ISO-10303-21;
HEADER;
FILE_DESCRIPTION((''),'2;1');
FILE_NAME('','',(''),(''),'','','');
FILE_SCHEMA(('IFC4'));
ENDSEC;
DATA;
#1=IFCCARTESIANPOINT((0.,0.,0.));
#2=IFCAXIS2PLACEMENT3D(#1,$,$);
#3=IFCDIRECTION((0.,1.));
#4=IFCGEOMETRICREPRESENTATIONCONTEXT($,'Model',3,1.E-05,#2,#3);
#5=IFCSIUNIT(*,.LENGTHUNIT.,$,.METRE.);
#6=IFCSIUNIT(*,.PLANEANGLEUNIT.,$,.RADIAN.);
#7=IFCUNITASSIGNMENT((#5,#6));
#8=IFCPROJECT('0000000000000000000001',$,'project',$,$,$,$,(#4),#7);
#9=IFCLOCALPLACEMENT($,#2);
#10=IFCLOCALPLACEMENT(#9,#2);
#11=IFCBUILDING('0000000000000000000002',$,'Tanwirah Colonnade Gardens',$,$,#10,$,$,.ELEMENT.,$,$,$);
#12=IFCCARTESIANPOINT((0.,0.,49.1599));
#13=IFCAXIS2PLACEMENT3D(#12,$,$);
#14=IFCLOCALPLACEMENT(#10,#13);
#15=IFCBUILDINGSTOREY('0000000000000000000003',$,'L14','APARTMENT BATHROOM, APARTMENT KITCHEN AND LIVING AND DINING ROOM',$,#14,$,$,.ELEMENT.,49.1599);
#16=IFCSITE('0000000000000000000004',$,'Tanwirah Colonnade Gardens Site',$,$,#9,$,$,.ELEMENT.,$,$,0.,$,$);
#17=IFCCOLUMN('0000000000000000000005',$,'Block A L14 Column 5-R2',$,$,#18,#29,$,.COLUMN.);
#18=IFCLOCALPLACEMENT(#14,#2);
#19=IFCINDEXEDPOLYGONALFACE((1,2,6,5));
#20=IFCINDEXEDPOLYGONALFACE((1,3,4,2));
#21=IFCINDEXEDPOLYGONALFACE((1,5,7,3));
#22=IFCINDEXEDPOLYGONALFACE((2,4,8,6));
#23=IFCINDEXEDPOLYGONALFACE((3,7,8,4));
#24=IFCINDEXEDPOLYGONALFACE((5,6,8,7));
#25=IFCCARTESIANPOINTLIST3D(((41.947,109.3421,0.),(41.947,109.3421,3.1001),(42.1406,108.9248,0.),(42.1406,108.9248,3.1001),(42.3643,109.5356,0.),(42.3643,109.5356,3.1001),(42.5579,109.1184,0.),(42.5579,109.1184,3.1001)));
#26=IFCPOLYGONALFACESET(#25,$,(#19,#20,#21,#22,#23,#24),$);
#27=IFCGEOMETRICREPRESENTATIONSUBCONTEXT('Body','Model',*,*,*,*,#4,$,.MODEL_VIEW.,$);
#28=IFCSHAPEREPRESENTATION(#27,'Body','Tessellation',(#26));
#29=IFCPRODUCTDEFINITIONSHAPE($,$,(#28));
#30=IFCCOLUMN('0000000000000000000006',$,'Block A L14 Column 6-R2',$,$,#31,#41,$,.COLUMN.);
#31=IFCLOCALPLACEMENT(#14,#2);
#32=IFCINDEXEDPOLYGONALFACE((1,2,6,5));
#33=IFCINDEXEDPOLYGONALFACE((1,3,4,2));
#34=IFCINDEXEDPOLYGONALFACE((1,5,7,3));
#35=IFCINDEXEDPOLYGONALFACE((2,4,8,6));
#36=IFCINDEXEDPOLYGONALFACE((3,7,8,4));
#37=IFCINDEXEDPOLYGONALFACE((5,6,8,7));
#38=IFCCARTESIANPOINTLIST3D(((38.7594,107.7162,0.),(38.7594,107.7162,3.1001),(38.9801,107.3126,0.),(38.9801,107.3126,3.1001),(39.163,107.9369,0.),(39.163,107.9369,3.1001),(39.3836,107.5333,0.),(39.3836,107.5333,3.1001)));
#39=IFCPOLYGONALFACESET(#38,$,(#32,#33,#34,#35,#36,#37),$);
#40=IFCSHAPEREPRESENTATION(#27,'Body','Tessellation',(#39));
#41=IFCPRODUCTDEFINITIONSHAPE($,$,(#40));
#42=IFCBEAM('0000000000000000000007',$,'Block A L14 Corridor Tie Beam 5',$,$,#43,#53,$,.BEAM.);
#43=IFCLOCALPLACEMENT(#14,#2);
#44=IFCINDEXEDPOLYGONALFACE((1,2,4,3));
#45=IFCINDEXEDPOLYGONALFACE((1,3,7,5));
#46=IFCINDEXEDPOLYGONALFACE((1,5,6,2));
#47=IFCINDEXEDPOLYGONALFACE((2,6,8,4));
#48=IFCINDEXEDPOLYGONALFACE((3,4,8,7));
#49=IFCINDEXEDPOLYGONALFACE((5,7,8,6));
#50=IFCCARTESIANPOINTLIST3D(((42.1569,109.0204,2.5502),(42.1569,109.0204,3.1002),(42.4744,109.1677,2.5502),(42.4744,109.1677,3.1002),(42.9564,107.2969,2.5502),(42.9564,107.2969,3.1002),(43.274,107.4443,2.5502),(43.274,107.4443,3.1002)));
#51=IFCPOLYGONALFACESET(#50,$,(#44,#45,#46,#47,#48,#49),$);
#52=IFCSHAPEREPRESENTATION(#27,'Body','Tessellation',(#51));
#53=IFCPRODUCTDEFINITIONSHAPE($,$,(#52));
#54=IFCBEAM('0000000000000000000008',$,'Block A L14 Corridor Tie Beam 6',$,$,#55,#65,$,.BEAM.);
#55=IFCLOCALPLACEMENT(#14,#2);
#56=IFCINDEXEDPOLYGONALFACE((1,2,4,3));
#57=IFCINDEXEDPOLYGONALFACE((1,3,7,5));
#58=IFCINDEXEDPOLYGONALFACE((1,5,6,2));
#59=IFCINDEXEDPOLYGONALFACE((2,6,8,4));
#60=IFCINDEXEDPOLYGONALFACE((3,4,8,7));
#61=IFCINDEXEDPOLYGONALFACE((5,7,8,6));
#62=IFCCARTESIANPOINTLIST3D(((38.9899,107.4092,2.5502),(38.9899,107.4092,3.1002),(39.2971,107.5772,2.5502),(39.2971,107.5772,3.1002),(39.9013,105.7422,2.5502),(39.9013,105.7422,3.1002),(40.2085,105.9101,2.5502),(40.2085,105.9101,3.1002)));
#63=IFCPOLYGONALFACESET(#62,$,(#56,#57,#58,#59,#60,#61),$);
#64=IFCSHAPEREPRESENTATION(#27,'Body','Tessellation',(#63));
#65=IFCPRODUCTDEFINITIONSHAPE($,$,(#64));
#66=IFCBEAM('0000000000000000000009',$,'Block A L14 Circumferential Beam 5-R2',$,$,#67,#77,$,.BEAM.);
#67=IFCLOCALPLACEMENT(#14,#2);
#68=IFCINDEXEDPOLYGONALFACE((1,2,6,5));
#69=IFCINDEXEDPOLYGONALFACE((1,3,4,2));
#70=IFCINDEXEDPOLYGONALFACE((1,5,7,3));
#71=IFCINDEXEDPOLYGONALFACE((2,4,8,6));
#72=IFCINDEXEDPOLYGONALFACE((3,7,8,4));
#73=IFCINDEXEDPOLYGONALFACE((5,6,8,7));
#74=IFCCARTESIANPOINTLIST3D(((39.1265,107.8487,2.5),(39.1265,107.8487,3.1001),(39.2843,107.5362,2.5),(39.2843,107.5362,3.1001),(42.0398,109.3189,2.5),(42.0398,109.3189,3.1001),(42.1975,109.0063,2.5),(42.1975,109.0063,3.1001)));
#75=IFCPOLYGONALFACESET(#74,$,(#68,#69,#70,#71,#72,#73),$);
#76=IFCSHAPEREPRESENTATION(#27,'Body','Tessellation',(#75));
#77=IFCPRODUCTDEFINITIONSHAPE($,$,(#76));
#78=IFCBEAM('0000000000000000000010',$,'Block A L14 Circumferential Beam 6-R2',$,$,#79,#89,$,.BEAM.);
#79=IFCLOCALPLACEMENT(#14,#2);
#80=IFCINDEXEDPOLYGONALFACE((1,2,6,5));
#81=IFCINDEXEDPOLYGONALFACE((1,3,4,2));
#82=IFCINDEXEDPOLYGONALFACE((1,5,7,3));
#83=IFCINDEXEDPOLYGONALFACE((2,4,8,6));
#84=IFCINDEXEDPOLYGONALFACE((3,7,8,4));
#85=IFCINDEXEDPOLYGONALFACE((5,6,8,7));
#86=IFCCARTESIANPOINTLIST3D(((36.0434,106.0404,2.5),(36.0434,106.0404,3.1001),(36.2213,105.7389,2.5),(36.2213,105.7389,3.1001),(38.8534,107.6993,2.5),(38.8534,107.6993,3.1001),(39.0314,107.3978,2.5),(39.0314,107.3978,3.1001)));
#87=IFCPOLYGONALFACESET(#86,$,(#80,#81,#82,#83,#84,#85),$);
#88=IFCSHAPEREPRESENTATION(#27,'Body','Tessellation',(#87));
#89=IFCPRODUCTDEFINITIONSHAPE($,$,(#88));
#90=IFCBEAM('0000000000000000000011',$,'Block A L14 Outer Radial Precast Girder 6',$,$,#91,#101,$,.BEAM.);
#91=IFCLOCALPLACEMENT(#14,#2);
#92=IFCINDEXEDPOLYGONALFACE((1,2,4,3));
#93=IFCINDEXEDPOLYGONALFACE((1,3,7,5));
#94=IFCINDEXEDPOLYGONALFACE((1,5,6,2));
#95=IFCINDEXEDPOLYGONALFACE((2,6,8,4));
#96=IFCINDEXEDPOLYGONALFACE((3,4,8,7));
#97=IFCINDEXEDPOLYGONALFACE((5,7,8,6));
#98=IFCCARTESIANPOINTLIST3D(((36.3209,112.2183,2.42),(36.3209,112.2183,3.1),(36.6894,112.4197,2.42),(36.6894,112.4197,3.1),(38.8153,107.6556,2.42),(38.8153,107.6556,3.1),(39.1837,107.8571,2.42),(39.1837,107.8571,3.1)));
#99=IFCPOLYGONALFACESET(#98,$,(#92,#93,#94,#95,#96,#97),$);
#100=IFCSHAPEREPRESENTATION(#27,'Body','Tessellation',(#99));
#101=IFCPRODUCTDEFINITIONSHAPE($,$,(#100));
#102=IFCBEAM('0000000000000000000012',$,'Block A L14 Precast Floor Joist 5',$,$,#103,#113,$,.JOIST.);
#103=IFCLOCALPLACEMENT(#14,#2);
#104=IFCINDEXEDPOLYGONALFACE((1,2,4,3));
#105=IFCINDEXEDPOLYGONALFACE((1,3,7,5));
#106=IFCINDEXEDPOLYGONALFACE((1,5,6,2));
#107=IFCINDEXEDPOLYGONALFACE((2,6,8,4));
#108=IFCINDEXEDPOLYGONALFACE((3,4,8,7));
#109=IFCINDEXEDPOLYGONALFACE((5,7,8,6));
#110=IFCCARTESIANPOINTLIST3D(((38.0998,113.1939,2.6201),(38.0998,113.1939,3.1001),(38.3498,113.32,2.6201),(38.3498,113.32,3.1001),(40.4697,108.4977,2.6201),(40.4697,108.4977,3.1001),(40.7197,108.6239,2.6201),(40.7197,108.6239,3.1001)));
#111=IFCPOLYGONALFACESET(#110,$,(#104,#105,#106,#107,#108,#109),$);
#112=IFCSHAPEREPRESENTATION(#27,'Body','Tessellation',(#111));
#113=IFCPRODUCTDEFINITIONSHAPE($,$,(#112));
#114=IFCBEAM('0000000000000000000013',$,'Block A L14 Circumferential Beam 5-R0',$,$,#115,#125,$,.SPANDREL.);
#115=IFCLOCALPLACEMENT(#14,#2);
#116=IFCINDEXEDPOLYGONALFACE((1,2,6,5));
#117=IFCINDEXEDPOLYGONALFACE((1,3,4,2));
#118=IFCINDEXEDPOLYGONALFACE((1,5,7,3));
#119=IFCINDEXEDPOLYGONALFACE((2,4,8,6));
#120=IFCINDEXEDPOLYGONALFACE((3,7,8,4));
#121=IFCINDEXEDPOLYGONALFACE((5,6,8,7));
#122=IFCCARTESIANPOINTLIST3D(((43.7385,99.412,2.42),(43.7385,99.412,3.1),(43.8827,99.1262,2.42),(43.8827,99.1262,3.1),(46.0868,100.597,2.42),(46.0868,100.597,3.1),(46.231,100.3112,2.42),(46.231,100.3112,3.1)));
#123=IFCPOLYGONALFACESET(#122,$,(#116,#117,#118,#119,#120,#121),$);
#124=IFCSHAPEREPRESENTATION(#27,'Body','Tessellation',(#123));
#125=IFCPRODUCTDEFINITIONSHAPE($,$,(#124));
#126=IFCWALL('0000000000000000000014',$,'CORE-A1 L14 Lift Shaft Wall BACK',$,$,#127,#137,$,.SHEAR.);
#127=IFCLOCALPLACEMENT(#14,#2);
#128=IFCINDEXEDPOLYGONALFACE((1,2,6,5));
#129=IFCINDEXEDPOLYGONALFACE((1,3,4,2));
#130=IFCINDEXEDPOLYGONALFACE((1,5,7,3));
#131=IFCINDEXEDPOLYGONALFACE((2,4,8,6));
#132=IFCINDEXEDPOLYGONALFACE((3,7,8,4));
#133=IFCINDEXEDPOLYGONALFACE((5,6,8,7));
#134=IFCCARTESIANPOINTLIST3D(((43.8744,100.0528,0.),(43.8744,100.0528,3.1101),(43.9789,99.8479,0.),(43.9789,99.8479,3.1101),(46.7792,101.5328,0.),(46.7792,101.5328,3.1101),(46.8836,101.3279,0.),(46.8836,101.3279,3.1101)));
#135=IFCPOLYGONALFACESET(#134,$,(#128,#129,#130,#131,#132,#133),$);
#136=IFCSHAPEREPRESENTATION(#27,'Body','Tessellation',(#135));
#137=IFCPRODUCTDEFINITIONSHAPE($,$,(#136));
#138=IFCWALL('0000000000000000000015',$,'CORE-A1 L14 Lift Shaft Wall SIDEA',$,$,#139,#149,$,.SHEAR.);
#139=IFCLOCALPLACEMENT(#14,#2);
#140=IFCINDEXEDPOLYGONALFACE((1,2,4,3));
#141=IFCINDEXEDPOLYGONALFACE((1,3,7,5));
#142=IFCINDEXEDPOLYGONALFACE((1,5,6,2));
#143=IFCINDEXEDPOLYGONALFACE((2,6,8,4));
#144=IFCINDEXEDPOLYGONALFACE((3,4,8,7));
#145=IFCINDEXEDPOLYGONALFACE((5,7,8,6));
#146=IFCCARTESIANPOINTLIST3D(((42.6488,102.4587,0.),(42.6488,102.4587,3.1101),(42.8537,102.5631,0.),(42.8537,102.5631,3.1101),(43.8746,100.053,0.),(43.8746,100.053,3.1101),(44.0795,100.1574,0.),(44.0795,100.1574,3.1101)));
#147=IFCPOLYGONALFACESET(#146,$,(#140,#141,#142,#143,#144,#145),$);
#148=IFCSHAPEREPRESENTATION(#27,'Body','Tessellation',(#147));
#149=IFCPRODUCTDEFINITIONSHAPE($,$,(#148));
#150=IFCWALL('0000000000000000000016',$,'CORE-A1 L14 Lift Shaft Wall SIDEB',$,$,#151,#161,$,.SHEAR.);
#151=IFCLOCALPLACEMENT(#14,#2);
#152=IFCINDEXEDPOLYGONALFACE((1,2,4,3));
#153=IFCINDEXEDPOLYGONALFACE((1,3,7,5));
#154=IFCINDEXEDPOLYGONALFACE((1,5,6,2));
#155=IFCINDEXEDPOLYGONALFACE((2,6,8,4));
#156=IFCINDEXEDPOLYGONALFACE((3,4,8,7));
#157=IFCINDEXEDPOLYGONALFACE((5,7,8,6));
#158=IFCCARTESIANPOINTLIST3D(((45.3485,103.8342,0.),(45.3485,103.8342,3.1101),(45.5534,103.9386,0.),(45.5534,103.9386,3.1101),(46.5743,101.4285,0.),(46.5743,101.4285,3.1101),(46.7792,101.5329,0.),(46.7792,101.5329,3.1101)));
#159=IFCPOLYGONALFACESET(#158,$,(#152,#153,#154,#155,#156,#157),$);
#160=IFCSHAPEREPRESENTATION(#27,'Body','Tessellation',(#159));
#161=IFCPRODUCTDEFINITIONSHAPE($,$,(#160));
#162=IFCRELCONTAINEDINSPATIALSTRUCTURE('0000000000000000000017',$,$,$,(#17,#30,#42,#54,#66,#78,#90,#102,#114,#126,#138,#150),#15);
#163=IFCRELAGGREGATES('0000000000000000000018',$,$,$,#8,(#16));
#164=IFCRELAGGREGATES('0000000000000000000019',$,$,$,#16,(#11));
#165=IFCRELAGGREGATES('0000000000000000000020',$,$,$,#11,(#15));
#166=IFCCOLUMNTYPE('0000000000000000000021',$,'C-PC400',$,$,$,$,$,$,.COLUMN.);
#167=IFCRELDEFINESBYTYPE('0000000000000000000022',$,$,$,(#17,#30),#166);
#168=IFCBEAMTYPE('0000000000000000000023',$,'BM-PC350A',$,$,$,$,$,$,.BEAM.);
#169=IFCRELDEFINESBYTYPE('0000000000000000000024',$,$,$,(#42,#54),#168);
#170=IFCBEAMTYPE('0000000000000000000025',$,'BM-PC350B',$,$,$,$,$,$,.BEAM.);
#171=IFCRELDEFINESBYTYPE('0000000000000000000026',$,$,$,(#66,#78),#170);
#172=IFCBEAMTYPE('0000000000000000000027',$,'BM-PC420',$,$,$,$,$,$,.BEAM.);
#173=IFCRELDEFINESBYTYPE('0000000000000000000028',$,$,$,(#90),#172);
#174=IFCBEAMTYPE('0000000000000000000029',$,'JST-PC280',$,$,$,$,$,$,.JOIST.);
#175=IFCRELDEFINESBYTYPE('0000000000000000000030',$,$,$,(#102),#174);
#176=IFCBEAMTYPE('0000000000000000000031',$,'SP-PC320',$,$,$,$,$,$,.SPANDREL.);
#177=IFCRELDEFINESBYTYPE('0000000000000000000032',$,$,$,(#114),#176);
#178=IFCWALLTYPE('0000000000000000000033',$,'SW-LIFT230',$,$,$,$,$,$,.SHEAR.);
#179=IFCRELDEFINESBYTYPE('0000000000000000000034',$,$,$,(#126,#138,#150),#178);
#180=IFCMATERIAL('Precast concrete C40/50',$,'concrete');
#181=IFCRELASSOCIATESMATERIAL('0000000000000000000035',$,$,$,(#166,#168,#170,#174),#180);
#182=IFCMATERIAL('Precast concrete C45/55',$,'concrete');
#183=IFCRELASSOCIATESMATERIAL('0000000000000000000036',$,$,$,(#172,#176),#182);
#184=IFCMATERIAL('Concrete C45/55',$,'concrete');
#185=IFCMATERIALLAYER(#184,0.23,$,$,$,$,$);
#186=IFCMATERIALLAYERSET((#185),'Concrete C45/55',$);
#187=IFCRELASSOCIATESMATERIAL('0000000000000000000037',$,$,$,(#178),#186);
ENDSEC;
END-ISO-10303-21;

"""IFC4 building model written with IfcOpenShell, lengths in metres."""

from ifc_helpers import new_model, si_unit, direction, frame, frame_2d, origin, origin_2d, place, context, subcontext, project, spatial, rectangle, extrude, material, layer, layer_set, material_profile, profile_set, type_object, element, save


model = new_model("IFC4")

# Units and contexts
model_context = context("Model", 3, precision=1e-05, world=origin(), true_north=direction((0.0, 1.0)))
body_context = subcontext(model_context, "Body", "Model", "MODEL_VIEW")
ifc_project = project(units=[si_unit("LENGTHUNIT", "METRE"), si_unit("PLANEANGLEUNIT", "RADIAN")], contexts=[model_context])

# Site, building, storey
site_placement = place(None, origin())
site = spatial("IfcSite", under=ifc_project, at=site_placement, Name="Tanwirah Colonnade Gardens Site", CompositionType="ELEMENT", RefElevation=0.0)
building_placement = place(site_placement, origin())
building = spatial("IfcBuilding", under=site, at=building_placement, Name="Tanwirah Colonnade Gardens", CompositionType="ELEMENT")
storey_placement = place(building_placement, frame((0.0, 0.0, 49.1599)))
storey = spatial("IfcBuildingStorey", under=building, at=storey_placement, Name="L14", Description="APARTMENT BATHROOM, APARTMENT KITCHEN AND LIVING AND DINING ROOM", CompositionType="ELEMENT", Elevation=49.1599)

# Columns
ifc_material_1 = material(Name="Precast concrete C40/50", Category="concrete")
ifc_material_profile_1 = material_profile(ifc_material_1, rectangle(XDim=0.46, YDim=0.46, at=origin_2d()), Name="PC-COL 460x460")
ifc_profile_set_1 = profile_set([ifc_material_profile_1], Name="Precast concrete C40/50")
column_type = type_object("IfcColumnType", Name="C-PC400", PredefinedType="COLUMN", material=ifc_profile_set_1)
for number, where, z_axis, x_axis, name in (
    (1, (42.2524, 109.2302, 0.0), (0.0, 0.0, 1.0), (-0.42086, 0.907126, 0.0), "Block A L14 Column 5-R2"),
    (2, (39.0715, 107.6248, 0.0), (0.0, 0.0, 1.0), (-0.479713, 0.877425, 0.0), "Block A L14 Column 6-R2"),
):
    element("IfcColumn", number, at=place(storey_placement, frame(where, z_axis=z_axis, x_axis=x_axis)), inside=storey, type_object=column_type, Name=name, PredefinedType="COLUMN", context=body_context, shape_type="SweptSolid", body=[
        extrude(rectangle(XDim=0.46, YDim=0.46, at=origin_2d()), origin(), (0.0, 0.0, 1.0), 3.1001),
    ])

# Beams
ifc_material_profile_2 = material_profile(ifc_material_1, rectangle(XDim=0.3501, YDim=0.55, at=origin_2d()), Name="PC-BM 350x550")
ifc_profile_set_2 = profile_set([ifc_material_profile_2], Name="Precast concrete C40/50")
beam_type_1 = type_object("IfcBeamType", Name="BM-PC350A", PredefinedType="BEAM", material=ifc_profile_set_2)
for number, where, z_axis, x_axis, name in (
    (3, (43.1152, 107.3706, 2.8252), (-0.420858, 0.907126, 0.0), (-0.907126, -0.420858, 0.0), "Block A L14 Corridor Tie Beam 5"),
    (4, (40.0549, 105.8262, 2.8252), (-0.479707, 0.877429, 0.0), (-0.877429, -0.479707, 0.0), "Block A L14 Corridor Tie Beam 6"),
):
    element("IfcBeam", number, at=place(storey_placement, frame(where, z_axis=z_axis, x_axis=x_axis)), inside=storey, type_object=beam_type_1, Name=name, PredefinedType="BEAM", context=body_context, shape_type="SweptSolid", body=[
        extrude(rectangle(XDim=0.3501, YDim=0.55, at=origin_2d()), origin(), (0.0, 0.0, 1.0), 1.8999),
    ])
ifc_material_profile_3 = material_profile(ifc_material_1, rectangle(XDim=0.3501, YDim=0.6001, at=origin_2d()), Name="PC-BM 350x600")
ifc_profile_set_3 = profile_set([ifc_material_profile_3], Name="Precast concrete C40/50")
beam_type_2 = type_object("IfcBeamType", Name="BM-PC350B", PredefinedType="BEAM", material=ifc_profile_set_3)
for number, where, z_axis, x_axis, name in (
    (5, (42.1187, 109.1626, 2.8), (-0.89276, -0.450532, 0.0), (0.450532, -0.89276, 0.0), "Block A L14 Circumferential Beam 5-R2"),
    (6, (38.9424, 107.5486, 2.8), (-0.861135, -0.508376, 0.0), (0.508376, -0.861135, 0.0), "Block A L14 Circumferential Beam 6-R2"),
):
    element("IfcBeam", number, at=place(storey_placement, frame(where, z_axis=z_axis, x_axis=x_axis)), inside=storey, type_object=beam_type_2, Name=name, PredefinedType="BEAM", context=body_context, shape_type="SweptSolid", body=[
        extrude(rectangle(XDim=0.3501, YDim=0.6001, at=origin_2d()), origin(), (0.0, 0.0, 1.0), 3.2632),
    ])
ifc_material_2 = material(Name="Precast concrete C45/55", Category="concrete")
ifc_material_profile_4 = material_profile(ifc_material_2, rectangle(XDim=0.4199, YDim=0.6799, at=origin_2d()), Name="PC-BM 420x680")
ifc_profile_set_4 = profile_set([ifc_material_profile_4], Name="Precast concrete C45/55")
beam_type_3 = type_object("IfcBeamType", Name="BM-PC420", PredefinedType="BEAM", material=ifc_profile_set_4)
beam_1_placement = place(storey_placement, frame((38.9995, 107.7563, 2.76), z_axis=(-0.479684, 0.877441, 0.0), x_axis=(-0.877441, -0.479684, 0.0)))
element("IfcBeam", 7, at=beam_1_placement, inside=storey, type_object=beam_type_3, Name="Block A L14 Outer Radial Precast Girder 6", PredefinedType="BEAM", context=body_context, shape_type="SweptSolid", body=[
    extrude(rectangle(XDim=0.4199, YDim=0.6799, at=origin_2d()), origin(), (0.0, 0.0, 1.0), 5.2),
])
ifc_material_profile_5 = material_profile(ifc_material_1, rectangle(XDim=0.28, YDim=0.48, at=origin_2d()), Name="PC-JST 280x480")
ifc_profile_set_5 = profile_set([ifc_material_profile_5], Name="Precast concrete C40/50")
beam_type_4 = type_object("IfcBeamType", Name="JST-PC280", PredefinedType="JOIST", material=ifc_profile_set_5)
beam_2_placement = place(storey_placement, frame((40.5947, 108.5608, 2.8601), z_axis=(-0.450534, 0.892759, 0.0), x_axis=(-0.892759, -0.450534, 0.0)))
element("IfcBeam", 8, at=beam_2_placement, inside=storey, type_object=beam_type_4, Name="Block A L14 Precast Floor Joist 5", PredefinedType="JOIST", context=body_context, shape_type="SweptSolid", body=[
    extrude(rectangle(XDim=0.28, YDim=0.48, at=origin_2d()), origin(), (0.0, 0.0, 1.0), 5.2603),
])
ifc_material_profile_6 = material_profile(ifc_material_2, rectangle(XDim=0.3201, YDim=0.6799, at=origin_2d()), Name="PC-SP 320x680")
ifc_profile_set_6 = profile_set([ifc_material_profile_6], Name="Precast concrete C45/55")
beam_type_5 = type_object("IfcBeamType", Name="SP-PC320", PredefinedType="SPANDREL", material=ifc_profile_set_6)
beam_3_placement = place(storey_placement, frame((46.1589, 100.4541, 2.76), z_axis=(-0.892769, -0.450515, 0.0), x_axis=(0.450515, -0.892769, 0.0)))
element("IfcBeam", 9, at=beam_3_placement, inside=storey, type_object=beam_type_5, Name="Block A L14 Circumferential Beam 5-R0", PredefinedType="SPANDREL", context=body_context, shape_type="SweptSolid", body=[
    extrude(rectangle(XDim=0.3201, YDim=0.6799, at=origin_2d()), origin(), (0.0, 0.0, 1.0), 2.6304),
])

# Shared definitions
ifc_material_3 = material(Name="Concrete C45/55", Category="concrete")
ifc_layer_1 = layer(ifc_material_3, 0.23)
ifc_layer_set_1 = layer_set([ifc_layer_1], Name="Concrete C45/55")
wall_type_1 = type_object("IfcWallType", Name="SW-LIFT230", PredefinedType="SHEAR", material=ifc_layer_set_1)

# Walls
wall_1_placement = place(storey_placement, frame((43.9268, 99.9504, 0.0), z_axis=(0.0, 0.0, 1.0), x_axis=(0.891017, 0.453971, 0.0)))
element("IfcWall", 10, at=wall_1_placement, inside=storey, type_object=wall_type_1, Name="CORE-A1 L14 Lift Shaft Wall BACK", PredefinedType="SHEAR", context=body_context, shape_type="SweptSolid", body=[
    extrude(rectangle(XDim=3.26, YDim=0.23, at=frame_2d((1.6299, 0.0))), origin(), (0.0, 0.0, 1.0), 3.1101),
])
for number, where, z_axis, x_axis, name in (
    (11, (42.7512, 102.511, 0.0), (0.0, 0.0, 1.0), (0.454, -0.891002, 0.0), "CORE-A1 L14 Lift Shaft Wall SIDEA"),
    (12, (45.4509, 103.8865, 0.0), (0.0, 0.0, 1.0), (0.454, -0.891002, 0.0), "CORE-A1 L14 Lift Shaft Wall SIDEB"),
):
    element("IfcWall", number, at=place(storey_placement, frame(where, z_axis=z_axis, x_axis=x_axis)), inside=storey, type_object=wall_type_1, Name=name, PredefinedType="SHEAR", context=body_context, shape_type="SweptSolid", body=[
        extrude(rectangle(XDim=2.7, YDim=0.23, at=frame_2d((1.3501, 0.0))), origin(), (0.0, 0.0, 1.0), 3.1101),
    ])

save(model, "model.ifc")
